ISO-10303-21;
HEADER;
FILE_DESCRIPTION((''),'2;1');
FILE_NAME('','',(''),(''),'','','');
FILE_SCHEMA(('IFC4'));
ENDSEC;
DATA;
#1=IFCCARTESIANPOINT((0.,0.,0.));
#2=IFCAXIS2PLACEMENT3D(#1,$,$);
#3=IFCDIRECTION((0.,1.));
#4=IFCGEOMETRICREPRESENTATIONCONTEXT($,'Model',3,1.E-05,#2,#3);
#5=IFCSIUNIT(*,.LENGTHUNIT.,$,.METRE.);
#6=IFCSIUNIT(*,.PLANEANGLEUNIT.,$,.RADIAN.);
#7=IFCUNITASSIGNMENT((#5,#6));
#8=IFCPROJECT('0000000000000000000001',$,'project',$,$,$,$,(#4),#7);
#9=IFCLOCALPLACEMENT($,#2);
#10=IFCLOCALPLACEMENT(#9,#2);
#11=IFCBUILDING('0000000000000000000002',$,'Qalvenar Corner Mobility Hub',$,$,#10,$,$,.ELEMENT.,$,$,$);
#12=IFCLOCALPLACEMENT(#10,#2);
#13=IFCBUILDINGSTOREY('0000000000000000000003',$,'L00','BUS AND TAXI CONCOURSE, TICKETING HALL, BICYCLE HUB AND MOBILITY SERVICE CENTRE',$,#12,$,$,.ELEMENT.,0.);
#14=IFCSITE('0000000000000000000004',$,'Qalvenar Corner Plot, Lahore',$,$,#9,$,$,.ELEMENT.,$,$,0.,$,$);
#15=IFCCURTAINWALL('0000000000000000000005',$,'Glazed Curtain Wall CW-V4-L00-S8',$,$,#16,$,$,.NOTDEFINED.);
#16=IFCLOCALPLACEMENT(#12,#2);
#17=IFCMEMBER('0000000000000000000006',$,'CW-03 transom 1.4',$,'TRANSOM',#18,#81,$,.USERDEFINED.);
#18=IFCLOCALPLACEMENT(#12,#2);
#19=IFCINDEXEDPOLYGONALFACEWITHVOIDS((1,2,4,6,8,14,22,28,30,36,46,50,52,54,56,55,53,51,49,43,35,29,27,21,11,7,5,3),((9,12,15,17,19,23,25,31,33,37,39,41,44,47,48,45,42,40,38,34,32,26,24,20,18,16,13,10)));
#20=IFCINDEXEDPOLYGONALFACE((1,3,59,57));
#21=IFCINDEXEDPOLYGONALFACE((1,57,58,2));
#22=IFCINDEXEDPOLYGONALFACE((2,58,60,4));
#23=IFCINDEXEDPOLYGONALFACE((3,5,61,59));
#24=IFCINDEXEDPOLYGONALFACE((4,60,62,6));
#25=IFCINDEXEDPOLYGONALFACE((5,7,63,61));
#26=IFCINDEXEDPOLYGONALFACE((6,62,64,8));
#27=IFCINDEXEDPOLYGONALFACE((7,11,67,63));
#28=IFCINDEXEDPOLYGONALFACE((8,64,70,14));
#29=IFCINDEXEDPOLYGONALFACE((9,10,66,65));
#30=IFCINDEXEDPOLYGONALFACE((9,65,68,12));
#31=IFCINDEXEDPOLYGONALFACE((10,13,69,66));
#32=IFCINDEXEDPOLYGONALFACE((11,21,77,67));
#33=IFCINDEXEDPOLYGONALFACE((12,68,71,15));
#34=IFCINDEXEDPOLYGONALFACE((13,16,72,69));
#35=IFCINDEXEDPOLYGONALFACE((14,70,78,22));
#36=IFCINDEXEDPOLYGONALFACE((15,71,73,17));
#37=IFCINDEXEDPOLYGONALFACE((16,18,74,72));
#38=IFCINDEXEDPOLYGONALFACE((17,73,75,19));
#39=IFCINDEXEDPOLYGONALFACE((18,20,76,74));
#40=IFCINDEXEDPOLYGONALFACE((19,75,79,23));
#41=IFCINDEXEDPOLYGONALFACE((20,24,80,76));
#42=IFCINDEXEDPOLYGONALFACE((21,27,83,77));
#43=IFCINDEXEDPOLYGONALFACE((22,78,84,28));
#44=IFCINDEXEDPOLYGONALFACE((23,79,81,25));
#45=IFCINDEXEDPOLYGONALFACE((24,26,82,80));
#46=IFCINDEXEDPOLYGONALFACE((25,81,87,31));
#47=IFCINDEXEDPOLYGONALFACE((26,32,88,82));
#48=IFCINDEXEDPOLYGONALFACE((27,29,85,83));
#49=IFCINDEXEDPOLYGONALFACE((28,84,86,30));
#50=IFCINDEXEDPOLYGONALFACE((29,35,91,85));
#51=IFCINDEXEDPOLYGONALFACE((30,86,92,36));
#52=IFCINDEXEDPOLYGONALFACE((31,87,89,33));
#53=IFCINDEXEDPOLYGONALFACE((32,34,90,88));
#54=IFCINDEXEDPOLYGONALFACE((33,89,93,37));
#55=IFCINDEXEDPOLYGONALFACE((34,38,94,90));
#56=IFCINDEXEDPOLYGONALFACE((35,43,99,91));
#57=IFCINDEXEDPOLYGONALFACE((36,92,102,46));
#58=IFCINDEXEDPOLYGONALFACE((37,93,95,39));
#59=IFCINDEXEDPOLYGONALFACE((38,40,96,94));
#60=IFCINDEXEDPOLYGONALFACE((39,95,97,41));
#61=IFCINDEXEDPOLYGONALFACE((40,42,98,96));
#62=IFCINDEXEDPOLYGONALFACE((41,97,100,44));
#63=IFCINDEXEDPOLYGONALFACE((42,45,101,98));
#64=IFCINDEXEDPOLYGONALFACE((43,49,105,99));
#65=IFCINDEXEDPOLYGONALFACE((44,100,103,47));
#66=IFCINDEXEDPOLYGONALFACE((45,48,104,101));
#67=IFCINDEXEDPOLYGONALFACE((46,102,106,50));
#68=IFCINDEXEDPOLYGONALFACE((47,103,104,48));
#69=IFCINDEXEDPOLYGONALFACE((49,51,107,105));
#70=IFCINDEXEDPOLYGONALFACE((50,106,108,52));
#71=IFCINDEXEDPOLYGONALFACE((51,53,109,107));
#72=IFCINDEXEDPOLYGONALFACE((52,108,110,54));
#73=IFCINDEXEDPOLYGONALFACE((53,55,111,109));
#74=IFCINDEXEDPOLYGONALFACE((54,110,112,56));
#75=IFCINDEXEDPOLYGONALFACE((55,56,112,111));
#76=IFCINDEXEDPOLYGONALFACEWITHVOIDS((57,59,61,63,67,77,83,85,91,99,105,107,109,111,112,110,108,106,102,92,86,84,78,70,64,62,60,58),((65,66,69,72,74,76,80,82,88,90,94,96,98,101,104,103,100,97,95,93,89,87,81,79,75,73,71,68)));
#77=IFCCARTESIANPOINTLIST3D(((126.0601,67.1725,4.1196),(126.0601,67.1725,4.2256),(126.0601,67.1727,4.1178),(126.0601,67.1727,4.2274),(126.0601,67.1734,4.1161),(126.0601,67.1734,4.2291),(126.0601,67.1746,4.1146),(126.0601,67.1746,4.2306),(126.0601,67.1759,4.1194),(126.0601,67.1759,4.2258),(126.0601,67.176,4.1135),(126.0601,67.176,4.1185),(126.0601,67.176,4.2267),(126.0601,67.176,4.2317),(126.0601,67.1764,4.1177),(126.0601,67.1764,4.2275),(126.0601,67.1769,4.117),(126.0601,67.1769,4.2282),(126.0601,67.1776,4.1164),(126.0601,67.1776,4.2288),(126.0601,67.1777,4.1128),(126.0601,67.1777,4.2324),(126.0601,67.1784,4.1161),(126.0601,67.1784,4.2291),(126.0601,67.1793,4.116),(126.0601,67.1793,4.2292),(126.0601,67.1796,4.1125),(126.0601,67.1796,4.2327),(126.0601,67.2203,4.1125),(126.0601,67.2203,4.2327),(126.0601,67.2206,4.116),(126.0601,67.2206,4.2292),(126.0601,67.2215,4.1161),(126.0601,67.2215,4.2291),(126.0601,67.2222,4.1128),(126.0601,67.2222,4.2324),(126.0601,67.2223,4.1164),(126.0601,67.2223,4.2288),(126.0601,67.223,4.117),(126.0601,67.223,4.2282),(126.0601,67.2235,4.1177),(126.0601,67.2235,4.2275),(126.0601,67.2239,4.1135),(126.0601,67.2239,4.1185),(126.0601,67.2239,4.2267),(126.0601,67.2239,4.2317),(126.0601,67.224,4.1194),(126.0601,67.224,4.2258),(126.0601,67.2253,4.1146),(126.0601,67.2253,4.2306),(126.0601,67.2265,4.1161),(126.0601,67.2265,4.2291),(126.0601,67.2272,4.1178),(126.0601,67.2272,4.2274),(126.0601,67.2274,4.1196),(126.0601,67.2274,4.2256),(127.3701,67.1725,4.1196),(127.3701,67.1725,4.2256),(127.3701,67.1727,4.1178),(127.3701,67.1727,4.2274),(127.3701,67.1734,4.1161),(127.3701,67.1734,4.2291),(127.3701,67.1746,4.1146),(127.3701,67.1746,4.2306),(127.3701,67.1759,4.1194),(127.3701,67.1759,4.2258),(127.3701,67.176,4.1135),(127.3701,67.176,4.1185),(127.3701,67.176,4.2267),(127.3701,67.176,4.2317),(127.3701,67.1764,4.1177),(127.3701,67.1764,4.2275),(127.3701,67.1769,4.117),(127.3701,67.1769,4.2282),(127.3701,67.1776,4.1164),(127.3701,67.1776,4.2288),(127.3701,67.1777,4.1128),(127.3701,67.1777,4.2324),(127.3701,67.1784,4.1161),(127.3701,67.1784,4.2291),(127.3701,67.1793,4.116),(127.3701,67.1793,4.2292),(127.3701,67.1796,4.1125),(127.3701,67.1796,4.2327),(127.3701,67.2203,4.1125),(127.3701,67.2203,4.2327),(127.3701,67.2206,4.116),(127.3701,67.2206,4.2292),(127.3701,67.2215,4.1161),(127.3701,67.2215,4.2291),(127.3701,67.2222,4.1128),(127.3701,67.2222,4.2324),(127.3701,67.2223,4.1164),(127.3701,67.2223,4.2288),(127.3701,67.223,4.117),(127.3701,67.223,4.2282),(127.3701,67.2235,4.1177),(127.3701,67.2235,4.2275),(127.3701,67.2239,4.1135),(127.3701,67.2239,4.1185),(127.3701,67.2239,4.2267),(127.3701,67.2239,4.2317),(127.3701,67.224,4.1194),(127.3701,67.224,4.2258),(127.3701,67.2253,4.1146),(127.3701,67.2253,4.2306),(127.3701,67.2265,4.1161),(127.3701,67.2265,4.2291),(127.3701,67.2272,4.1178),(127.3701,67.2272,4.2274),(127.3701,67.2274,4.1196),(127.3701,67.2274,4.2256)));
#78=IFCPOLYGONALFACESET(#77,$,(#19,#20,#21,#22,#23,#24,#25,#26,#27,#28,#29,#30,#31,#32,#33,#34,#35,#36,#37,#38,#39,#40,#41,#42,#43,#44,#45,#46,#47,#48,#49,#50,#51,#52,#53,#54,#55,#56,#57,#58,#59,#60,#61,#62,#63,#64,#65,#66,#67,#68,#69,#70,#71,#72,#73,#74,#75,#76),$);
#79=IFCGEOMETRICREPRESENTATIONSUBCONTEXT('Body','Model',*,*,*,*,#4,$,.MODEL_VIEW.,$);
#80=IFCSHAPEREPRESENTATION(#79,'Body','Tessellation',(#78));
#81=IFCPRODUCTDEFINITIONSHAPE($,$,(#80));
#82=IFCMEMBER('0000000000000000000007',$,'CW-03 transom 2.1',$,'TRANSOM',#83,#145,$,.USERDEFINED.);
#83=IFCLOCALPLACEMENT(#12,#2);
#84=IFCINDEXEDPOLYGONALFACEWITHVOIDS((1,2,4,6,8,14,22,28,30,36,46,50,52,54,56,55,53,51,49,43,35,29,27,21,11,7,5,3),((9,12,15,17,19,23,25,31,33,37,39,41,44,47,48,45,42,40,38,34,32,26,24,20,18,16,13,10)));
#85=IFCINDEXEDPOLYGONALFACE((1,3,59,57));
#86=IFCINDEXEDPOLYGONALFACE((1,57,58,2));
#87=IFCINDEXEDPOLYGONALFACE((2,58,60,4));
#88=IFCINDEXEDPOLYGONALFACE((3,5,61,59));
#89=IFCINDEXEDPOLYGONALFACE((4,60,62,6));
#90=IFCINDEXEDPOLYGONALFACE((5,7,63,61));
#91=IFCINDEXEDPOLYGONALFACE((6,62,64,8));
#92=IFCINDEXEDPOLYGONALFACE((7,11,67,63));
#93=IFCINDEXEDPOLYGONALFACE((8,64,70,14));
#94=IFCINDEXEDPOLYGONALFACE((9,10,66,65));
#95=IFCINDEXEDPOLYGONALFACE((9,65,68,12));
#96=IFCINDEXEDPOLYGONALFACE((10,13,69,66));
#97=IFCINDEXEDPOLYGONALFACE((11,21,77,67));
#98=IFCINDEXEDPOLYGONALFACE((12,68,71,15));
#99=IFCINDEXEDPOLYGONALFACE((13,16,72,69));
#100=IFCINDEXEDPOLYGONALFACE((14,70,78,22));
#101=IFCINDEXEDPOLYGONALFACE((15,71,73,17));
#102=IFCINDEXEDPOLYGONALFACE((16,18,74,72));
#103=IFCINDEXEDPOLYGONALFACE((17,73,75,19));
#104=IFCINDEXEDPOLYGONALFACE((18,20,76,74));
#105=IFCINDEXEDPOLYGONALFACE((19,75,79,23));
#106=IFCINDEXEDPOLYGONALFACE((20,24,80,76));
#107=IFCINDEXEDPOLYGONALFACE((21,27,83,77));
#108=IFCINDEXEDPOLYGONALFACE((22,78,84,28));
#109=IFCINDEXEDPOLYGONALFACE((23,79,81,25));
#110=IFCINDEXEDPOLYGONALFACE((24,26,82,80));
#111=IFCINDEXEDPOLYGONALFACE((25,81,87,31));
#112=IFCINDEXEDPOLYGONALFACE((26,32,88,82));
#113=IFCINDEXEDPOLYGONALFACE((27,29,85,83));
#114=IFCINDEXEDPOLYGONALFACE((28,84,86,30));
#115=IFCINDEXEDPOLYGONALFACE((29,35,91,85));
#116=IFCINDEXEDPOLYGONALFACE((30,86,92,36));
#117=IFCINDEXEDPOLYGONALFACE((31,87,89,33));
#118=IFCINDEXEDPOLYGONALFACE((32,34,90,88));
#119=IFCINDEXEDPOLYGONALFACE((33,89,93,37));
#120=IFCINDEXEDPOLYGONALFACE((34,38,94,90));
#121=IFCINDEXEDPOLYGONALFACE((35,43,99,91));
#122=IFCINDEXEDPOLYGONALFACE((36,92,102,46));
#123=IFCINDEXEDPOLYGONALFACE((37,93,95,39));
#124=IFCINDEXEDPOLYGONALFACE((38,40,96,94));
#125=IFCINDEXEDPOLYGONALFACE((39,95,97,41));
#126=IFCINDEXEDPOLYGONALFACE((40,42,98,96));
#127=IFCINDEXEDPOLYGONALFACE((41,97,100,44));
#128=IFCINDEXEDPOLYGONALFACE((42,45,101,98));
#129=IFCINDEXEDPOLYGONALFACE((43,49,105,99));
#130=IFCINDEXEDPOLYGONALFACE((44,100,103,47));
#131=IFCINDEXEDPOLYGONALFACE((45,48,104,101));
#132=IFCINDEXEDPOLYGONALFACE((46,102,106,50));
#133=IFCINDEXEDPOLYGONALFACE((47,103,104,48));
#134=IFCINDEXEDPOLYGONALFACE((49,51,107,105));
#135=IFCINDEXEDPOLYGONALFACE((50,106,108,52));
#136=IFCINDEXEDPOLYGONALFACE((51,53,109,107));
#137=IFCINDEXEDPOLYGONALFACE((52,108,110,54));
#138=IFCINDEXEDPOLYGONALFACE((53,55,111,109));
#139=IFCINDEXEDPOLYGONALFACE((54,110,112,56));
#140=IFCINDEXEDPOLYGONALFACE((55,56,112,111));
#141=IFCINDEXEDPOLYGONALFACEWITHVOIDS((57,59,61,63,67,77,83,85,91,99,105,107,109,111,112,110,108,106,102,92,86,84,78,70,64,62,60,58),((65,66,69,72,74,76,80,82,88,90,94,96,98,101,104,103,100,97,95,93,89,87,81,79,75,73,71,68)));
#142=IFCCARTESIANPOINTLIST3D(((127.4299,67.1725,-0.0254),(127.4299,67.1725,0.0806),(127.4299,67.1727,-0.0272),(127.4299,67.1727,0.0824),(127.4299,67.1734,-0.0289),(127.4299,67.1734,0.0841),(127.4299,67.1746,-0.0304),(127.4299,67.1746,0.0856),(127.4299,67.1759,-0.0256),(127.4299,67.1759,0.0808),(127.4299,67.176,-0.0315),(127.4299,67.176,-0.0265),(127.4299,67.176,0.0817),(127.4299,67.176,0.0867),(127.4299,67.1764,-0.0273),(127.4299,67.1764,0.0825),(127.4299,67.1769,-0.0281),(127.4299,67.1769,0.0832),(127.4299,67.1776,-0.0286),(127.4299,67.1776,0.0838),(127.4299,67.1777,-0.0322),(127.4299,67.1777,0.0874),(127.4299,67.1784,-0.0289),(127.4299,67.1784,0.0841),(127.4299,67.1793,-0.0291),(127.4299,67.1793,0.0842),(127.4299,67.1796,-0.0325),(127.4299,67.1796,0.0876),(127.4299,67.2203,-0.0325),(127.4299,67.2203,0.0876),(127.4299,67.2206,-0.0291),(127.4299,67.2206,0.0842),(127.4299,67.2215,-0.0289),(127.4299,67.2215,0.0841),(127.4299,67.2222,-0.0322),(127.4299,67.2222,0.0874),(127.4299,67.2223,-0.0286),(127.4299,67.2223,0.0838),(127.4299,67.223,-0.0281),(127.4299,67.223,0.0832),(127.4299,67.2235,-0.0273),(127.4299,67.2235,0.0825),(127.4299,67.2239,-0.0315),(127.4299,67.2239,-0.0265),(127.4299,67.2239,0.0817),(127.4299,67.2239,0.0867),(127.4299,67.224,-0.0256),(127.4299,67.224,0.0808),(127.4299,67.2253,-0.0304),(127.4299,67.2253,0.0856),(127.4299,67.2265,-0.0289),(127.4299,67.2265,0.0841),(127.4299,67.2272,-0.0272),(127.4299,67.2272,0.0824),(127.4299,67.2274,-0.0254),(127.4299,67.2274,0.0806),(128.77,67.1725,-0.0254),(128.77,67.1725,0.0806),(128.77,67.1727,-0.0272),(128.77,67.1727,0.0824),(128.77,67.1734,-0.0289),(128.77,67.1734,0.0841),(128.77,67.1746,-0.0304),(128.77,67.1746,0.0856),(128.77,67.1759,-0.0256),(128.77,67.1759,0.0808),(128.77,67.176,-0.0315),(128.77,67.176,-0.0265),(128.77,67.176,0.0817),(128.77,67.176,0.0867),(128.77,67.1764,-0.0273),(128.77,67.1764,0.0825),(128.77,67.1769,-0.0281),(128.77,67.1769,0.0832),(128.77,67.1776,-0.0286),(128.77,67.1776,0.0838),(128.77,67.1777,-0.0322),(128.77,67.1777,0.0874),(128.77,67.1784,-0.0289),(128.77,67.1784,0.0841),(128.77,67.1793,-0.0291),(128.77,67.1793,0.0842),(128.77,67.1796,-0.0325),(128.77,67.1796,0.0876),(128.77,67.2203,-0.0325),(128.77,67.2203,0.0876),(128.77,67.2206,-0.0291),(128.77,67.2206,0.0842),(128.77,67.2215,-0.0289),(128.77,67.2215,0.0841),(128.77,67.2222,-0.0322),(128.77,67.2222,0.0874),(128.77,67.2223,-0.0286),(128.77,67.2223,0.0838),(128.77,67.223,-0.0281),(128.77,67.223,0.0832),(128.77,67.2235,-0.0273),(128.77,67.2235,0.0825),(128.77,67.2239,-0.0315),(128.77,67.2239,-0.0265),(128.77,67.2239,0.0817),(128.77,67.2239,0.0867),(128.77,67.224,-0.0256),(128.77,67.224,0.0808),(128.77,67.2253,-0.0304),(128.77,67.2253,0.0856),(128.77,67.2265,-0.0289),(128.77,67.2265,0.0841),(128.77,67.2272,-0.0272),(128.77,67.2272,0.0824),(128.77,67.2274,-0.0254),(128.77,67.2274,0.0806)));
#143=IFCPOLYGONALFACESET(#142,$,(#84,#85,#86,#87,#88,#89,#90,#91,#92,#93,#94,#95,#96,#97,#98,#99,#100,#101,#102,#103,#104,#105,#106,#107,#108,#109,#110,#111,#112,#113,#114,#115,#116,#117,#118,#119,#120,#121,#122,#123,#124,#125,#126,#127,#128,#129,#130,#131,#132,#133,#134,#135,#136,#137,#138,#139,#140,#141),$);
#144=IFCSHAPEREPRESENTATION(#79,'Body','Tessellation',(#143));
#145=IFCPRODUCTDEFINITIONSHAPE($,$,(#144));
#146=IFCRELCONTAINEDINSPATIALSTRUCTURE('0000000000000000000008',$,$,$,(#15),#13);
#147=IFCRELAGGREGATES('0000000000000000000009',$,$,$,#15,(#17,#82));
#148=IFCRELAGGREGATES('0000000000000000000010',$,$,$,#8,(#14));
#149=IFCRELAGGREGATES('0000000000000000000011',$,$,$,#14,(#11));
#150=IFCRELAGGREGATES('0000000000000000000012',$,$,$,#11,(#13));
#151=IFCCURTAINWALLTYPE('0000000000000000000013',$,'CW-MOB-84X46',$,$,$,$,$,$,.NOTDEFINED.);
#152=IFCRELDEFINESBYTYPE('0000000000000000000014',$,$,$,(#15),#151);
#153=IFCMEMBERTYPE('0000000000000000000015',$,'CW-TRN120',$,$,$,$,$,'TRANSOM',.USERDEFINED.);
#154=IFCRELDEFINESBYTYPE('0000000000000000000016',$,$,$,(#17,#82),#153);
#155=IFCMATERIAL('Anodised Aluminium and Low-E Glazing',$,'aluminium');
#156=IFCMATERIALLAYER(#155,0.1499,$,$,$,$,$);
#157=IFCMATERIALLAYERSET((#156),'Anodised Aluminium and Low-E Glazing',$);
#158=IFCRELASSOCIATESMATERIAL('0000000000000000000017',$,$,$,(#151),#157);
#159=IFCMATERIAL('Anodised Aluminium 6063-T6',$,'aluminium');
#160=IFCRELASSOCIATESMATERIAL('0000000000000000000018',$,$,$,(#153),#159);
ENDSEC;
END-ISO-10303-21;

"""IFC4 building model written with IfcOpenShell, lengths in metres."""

from ifc_helpers import new_model, si_unit, direction, frame, origin, origin_2d, place, context, subcontext, project, spatial, hollow_rectangle, extrude, material, layer, layer_set, material_profile, profile_set, type_object, element, aggregate, save


model = new_model("IFC4")

# Units and contexts
model_context = context("Model", 3, precision=1e-05, world=origin(), true_north=direction((0.0, 1.0)))
body_context = subcontext(model_context, "Body", "Model", "MODEL_VIEW")
ifc_project = project(units=[si_unit("LENGTHUNIT", "METRE"), si_unit("PLANEANGLEUNIT", "RADIAN")], contexts=[model_context])

# Site, building, storey
site_placement = place(None, origin())
site = spatial("IfcSite", under=ifc_project, at=site_placement, Name="Qalvenar Corner Plot, Lahore", CompositionType="ELEMENT", RefElevation=0.0)
building_placement = place(site_placement, origin())
building = spatial("IfcBuilding", under=site, at=building_placement, Name="Qalvenar Corner Mobility Hub", CompositionType="ELEMENT")
storey_placement = place(building_placement, origin())
storey = spatial("IfcBuildingStorey", under=building, at=storey_placement, Name="L00", Description="BUS AND TAXI CONCOURSE, TICKETING HALL, BICYCLE HUB AND MOBILITY SERVICE CENTRE", CompositionType="ELEMENT", Elevation=0.0)

# Curtain wall, members
ifc_material_1 = material(Name="Anodised Aluminium and Low-E Glazing", Category="aluminium")
ifc_layer_1 = layer(ifc_material_1, 0.1499)
ifc_layer_set_1 = layer_set([ifc_layer_1], Name="Anodised Aluminium and Low-E Glazing")
curtain_wall_type = type_object("IfcCurtainWallType", Name="CW-MOB-84X46", PredefinedType="NOTDEFINED", material=ifc_layer_set_1)
curtain_wall_placement = place(storey_placement, origin())
curtain_wall = element("IfcCurtainWall", 1, at=curtain_wall_placement, inside=storey, type_object=curtain_wall_type, Name="Glazed Curtain Wall CW-V4-L00-S8", PredefinedType="NOTDEFINED")
ifc_material_2 = material(Name="Anodised Aluminium 6063-T6", Category="aluminium")
ifc_material_profile_1 = material_profile(ifc_material_2, hollow_rectangle(XDim=0.0549, YDim=0.1201, WallThickness=0.0034, InnerFilletRadius=0.0034, OuterFilletRadius=0.0071, at=origin_2d()), Name="RHS120x55x3.5")
ifc_profile_set_1 = profile_set([ifc_material_profile_1], Name="Anodised Aluminium 6063-T6")
member_type_1 = type_object("IfcMemberType", Name="CW-TRN120", ElementType="TRANSOM", PredefinedType="USERDEFINED", material=ifc_profile_set_1)
member_1_placement = place(storey_placement, frame((126.0601, 67.2, 4.1726), z_axis=(1.0, 0.0, 0.0), x_axis=(0.0, 1.0, 0.0)))
member_1 = element("IfcMember", 2, at=member_1_placement, type_object=member_type_1, Name="CW-03 transom 1.4", ObjectType="TRANSOM", PredefinedType="USERDEFINED", context=body_context, shape_type="SweptSolid", body=[
    extrude(hollow_rectangle(XDim=0.0549, YDim=0.1201, WallThickness=0.0034, InnerFilletRadius=0.0034, OuterFilletRadius=0.0071, at=origin_2d()), origin(), (0.0, 0.0, 1.0), 1.3101),
])
member_2_placement = place(storey_placement, frame((127.4299, 67.2, 0.0276), z_axis=(1.0, 0.0, 0.0), x_axis=(0.0, 1.0, 0.0)))
member_2 = element("IfcMember", 3, at=member_2_placement, type_object=member_type_1, Name="CW-03 transom 2.1", ObjectType="TRANSOM", PredefinedType="USERDEFINED", context=body_context, shape_type="SweptSolid", body=[
    extrude(hollow_rectangle(XDim=0.0549, YDim=0.1201, WallThickness=0.0034, InnerFilletRadius=0.0034, OuterFilletRadius=0.0071, at=origin_2d()), origin(), (0.0, 0.0, 1.0), 1.3401),
])
aggregate(curtain_wall, [member_1, member_2])

save(model, "model.ifc")
